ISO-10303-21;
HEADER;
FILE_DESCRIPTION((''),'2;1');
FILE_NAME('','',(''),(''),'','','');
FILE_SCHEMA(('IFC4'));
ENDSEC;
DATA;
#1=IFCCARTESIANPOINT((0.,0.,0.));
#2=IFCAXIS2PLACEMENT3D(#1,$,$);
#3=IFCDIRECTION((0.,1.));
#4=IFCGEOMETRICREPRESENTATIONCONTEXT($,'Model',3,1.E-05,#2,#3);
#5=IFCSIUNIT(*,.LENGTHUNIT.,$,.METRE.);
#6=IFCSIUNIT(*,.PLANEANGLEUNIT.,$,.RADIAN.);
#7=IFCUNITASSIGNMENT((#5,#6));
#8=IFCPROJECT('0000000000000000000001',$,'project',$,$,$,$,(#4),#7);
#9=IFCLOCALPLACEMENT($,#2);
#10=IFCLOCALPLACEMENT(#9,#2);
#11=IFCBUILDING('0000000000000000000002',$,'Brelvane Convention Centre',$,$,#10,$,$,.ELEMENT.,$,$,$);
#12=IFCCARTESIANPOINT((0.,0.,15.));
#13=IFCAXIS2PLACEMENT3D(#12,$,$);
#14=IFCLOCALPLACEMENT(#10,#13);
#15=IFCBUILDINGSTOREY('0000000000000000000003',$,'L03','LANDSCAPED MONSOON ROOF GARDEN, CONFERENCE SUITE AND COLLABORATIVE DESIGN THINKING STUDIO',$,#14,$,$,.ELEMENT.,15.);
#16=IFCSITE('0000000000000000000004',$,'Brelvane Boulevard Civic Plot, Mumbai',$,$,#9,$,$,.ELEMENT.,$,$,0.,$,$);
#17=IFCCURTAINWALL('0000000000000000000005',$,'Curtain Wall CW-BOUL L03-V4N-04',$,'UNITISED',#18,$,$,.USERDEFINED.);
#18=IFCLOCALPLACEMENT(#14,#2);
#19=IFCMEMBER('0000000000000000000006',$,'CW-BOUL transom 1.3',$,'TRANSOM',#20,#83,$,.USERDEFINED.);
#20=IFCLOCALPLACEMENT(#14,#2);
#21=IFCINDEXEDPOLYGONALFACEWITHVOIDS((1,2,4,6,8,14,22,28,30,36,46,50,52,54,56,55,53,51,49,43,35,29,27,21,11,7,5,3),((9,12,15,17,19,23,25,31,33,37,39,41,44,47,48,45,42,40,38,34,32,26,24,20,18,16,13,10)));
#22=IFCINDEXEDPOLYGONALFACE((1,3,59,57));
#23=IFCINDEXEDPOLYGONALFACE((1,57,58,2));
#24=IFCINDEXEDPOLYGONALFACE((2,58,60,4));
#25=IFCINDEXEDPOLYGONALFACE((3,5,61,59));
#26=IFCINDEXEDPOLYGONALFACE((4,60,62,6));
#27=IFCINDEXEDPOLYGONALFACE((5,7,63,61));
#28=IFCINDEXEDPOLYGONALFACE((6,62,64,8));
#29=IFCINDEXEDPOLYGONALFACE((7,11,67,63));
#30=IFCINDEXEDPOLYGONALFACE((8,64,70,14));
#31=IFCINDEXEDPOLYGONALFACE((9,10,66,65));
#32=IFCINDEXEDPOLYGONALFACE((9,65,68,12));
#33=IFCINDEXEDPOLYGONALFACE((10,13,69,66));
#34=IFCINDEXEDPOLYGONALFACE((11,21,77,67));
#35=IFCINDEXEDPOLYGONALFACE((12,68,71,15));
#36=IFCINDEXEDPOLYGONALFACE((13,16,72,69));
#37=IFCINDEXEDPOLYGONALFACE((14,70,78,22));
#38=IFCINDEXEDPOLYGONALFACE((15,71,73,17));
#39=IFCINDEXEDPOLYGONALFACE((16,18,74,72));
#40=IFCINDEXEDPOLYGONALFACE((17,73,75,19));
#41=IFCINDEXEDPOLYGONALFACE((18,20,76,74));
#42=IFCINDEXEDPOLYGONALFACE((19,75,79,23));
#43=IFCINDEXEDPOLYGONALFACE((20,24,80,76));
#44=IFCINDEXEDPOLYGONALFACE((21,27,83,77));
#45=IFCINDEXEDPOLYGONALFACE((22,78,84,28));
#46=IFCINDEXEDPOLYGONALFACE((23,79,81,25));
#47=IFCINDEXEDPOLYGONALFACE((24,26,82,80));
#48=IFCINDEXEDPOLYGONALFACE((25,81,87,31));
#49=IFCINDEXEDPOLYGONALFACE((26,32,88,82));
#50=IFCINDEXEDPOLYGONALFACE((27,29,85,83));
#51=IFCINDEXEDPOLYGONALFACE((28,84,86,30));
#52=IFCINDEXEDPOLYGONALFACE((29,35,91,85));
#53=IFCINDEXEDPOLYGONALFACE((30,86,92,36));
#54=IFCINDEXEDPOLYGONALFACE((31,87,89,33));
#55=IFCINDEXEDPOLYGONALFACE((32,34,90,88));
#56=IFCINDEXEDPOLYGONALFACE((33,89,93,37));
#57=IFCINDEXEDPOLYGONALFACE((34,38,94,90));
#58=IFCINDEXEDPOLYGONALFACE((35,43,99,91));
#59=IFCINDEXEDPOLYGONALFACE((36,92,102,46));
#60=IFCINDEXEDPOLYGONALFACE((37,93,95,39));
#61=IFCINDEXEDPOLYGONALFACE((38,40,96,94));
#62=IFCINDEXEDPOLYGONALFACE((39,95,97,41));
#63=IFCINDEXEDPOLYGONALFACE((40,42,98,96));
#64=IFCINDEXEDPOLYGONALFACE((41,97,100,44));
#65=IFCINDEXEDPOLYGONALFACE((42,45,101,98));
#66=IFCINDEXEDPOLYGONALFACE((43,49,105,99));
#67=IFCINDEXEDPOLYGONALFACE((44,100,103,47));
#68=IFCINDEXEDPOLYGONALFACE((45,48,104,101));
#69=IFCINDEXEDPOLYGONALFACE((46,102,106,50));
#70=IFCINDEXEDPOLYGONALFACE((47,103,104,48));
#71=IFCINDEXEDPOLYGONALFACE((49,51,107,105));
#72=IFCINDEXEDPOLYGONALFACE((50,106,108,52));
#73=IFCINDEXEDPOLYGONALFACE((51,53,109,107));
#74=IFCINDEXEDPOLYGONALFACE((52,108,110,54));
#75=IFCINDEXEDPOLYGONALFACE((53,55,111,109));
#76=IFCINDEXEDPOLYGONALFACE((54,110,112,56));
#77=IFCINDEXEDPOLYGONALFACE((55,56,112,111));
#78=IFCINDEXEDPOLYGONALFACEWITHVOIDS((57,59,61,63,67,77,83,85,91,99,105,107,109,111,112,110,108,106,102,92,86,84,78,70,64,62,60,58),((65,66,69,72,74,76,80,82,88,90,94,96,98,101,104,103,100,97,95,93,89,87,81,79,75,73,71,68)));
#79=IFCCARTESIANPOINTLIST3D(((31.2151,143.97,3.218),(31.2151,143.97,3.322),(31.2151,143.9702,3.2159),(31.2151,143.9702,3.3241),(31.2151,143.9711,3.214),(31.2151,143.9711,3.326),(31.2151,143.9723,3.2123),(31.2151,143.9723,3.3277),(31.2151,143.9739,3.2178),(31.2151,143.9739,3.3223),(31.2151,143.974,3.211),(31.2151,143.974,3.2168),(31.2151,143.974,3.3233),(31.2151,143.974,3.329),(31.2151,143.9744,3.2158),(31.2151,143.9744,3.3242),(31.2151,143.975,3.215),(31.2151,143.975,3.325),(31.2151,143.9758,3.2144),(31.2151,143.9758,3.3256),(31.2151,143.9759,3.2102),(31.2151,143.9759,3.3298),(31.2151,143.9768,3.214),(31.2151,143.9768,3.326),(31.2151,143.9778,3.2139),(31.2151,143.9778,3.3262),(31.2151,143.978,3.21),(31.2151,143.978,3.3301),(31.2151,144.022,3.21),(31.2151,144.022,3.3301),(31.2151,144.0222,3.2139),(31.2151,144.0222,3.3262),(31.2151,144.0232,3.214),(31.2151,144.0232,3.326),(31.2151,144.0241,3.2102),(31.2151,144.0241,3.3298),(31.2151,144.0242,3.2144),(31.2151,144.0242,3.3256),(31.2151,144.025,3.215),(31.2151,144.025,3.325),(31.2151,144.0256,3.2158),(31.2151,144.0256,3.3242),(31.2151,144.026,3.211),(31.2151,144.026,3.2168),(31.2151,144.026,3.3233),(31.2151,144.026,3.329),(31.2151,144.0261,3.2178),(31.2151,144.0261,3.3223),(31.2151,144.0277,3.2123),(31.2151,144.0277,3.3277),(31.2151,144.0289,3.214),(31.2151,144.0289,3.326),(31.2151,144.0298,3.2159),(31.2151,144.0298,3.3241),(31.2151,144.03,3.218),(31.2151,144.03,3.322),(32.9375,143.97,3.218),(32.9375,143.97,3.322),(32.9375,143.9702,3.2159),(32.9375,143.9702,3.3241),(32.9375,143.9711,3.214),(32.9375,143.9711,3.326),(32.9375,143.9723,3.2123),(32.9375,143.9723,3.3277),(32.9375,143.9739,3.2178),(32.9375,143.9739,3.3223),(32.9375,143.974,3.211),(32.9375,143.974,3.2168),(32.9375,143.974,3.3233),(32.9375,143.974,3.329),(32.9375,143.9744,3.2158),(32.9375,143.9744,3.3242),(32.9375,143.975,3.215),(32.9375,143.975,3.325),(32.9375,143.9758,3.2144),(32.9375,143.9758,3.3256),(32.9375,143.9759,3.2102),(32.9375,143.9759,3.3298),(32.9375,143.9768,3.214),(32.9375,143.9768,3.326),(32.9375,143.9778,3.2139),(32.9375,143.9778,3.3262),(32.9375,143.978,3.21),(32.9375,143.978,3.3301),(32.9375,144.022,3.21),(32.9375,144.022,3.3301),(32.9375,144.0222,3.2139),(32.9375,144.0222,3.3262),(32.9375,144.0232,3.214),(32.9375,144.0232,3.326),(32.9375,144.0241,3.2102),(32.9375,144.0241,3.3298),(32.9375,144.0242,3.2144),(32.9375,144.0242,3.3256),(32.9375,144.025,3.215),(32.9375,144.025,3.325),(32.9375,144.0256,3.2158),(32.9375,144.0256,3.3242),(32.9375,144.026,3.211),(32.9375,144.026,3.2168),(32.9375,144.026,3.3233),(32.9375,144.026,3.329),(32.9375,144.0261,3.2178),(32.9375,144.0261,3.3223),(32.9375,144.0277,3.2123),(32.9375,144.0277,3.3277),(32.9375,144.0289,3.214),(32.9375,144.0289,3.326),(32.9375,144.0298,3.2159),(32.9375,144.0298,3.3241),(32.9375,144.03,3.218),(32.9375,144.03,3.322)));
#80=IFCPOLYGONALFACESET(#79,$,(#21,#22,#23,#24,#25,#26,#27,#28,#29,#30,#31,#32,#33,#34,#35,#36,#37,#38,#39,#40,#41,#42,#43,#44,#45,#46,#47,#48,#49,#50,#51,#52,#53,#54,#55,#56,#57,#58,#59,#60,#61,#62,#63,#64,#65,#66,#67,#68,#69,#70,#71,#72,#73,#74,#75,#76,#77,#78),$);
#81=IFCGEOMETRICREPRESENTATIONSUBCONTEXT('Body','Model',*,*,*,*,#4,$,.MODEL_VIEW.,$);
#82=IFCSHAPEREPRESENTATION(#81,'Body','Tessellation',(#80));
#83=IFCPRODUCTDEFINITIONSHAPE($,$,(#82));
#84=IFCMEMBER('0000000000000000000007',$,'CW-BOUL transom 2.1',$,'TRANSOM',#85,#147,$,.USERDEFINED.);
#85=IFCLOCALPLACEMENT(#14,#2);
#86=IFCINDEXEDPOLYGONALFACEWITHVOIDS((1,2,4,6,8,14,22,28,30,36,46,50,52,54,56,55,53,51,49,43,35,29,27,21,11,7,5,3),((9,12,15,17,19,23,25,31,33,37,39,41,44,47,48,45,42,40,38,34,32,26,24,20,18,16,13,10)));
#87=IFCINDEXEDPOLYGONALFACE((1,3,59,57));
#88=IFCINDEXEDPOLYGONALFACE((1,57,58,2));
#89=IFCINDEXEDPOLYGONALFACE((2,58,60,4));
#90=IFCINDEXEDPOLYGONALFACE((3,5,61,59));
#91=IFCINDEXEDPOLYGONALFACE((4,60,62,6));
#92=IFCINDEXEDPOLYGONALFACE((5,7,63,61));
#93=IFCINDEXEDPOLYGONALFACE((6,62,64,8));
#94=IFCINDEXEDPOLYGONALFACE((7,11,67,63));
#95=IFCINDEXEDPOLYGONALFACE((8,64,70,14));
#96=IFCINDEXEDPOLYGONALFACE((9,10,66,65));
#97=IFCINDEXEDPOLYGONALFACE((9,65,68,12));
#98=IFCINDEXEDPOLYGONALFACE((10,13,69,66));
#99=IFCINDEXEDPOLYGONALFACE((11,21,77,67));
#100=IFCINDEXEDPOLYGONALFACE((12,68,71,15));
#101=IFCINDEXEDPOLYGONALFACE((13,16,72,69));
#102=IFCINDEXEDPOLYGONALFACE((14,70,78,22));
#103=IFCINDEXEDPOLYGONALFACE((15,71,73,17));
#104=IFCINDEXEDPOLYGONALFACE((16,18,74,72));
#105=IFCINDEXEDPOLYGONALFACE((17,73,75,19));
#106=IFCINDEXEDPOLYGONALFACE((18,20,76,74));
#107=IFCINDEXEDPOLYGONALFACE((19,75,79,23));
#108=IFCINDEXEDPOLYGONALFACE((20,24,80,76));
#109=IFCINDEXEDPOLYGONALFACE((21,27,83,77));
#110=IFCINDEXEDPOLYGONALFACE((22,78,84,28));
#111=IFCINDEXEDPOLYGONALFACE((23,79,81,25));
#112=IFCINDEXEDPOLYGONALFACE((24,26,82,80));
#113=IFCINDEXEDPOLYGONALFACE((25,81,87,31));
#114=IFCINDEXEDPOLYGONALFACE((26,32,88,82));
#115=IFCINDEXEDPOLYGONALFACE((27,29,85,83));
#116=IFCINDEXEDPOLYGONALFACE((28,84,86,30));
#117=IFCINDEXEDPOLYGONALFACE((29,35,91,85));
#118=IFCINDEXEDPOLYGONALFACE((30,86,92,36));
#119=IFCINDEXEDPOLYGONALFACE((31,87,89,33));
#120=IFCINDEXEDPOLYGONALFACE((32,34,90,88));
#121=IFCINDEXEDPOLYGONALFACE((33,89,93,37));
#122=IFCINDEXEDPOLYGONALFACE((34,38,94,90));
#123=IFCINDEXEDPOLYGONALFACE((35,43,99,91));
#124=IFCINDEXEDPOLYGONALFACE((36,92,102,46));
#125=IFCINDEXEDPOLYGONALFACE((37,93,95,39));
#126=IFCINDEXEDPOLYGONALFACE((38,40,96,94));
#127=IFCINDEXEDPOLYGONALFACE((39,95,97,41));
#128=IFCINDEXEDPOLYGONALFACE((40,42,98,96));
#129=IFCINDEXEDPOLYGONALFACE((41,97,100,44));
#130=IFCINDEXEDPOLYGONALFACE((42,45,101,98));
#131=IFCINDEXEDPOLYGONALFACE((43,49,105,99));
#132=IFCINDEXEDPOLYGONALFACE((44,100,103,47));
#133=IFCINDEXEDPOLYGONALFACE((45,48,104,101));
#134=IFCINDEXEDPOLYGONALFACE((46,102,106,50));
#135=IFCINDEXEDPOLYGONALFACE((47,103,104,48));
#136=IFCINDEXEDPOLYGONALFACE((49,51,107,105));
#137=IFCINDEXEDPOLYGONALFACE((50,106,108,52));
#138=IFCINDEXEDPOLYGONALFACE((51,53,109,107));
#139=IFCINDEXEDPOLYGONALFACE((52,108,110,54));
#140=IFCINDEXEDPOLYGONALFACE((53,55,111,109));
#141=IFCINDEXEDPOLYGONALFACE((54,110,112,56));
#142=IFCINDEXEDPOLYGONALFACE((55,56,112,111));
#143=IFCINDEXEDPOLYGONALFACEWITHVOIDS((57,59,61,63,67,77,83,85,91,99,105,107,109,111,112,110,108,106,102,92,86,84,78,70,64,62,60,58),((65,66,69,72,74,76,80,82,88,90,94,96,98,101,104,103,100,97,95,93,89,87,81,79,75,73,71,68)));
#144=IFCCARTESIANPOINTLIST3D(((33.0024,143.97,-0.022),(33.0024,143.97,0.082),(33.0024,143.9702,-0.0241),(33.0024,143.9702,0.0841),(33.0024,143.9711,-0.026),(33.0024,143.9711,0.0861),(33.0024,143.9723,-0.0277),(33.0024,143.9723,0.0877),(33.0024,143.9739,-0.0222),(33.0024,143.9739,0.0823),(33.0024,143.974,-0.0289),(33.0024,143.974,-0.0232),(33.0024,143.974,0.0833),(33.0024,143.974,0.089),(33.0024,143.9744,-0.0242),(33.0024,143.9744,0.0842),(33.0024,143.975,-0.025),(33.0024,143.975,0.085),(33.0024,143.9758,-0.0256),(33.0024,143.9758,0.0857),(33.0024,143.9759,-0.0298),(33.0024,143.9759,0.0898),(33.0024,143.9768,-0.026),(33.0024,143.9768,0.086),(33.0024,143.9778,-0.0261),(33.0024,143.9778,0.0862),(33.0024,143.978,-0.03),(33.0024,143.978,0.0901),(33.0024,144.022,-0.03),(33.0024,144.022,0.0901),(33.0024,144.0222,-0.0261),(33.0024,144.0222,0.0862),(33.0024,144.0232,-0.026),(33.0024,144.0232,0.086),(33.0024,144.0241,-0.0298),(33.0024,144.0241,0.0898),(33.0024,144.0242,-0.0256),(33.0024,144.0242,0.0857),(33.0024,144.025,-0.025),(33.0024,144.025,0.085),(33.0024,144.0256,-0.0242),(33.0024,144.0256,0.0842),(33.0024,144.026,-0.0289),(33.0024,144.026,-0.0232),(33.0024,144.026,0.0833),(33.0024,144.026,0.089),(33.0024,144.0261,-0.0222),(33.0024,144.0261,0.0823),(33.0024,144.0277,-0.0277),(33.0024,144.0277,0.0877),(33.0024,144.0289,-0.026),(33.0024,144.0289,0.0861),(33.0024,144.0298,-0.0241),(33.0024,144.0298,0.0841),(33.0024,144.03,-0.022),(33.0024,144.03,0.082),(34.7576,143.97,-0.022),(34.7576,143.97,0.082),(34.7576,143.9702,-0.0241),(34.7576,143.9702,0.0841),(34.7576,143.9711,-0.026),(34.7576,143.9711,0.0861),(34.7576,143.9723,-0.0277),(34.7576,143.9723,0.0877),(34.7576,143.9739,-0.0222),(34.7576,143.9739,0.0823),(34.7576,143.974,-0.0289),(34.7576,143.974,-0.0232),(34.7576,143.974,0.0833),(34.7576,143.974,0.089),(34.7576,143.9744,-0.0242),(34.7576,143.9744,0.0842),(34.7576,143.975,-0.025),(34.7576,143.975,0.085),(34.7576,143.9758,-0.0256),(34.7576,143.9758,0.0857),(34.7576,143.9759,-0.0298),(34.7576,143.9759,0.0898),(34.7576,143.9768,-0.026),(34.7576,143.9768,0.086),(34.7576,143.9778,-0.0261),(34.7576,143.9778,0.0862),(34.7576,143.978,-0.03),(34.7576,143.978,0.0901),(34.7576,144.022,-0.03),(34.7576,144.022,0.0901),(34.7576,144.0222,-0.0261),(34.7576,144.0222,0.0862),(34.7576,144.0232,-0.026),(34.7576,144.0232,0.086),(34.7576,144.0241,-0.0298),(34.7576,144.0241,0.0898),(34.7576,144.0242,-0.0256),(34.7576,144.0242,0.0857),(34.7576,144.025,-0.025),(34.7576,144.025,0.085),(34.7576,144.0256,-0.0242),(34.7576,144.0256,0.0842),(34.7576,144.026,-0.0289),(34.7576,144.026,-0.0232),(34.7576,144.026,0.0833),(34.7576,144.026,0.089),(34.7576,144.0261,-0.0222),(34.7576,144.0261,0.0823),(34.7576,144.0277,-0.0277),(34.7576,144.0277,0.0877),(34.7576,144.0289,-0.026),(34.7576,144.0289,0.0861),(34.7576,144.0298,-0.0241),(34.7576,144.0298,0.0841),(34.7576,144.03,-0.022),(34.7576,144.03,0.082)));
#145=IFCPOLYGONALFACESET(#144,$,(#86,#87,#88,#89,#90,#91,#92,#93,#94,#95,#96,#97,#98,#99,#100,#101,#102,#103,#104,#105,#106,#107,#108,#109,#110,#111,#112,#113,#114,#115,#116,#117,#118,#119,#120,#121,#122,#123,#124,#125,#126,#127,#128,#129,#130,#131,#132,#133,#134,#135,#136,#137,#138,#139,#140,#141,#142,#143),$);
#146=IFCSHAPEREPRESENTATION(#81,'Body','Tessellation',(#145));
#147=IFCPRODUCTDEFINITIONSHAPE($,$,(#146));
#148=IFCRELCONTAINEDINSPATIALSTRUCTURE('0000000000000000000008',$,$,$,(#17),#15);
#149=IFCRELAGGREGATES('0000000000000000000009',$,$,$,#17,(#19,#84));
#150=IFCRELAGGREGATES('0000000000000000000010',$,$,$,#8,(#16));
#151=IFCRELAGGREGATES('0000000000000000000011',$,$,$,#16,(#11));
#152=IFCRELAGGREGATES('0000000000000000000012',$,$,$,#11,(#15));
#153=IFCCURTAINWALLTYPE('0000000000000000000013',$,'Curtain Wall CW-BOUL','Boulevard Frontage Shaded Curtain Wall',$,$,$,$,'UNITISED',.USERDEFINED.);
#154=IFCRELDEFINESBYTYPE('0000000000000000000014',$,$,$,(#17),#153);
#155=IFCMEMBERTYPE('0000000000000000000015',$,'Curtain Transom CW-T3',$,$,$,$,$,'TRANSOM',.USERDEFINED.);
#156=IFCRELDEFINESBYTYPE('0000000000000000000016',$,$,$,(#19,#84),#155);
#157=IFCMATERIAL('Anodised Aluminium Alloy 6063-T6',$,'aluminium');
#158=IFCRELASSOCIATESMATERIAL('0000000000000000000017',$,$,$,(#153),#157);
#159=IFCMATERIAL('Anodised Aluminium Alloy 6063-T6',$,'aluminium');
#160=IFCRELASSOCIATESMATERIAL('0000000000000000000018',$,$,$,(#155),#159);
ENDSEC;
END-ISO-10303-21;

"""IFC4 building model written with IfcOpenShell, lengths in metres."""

from ifc_helpers import new_model, si_unit, direction, frame, origin, origin_2d, place, context, subcontext, project, spatial, hollow_rectangle, extrude, material, material_profile, profile_set, type_object, element, aggregate, save


model = new_model("IFC4")

# Units and contexts
model_context = context("Model", 3, precision=1e-05, world=origin(), true_north=direction((0.0, 1.0)))
body_context = subcontext(model_context, "Body", "Model", "MODEL_VIEW")
ifc_project = project(units=[si_unit("LENGTHUNIT", "METRE"), si_unit("PLANEANGLEUNIT", "RADIAN")], contexts=[model_context])

# Site, building, storey
site_placement = place(None, origin())
site = spatial("IfcSite", under=ifc_project, at=site_placement, Name="Brelvane Boulevard Civic Plot, Mumbai", CompositionType="ELEMENT", RefElevation=0.0)
building_placement = place(site_placement, origin())
building = spatial("IfcBuilding", under=site, at=building_placement, Name="Brelvane Convention Centre", CompositionType="ELEMENT")
storey_placement = place(building_placement, frame((0.0, 0.0, 15.0)))
storey = spatial("IfcBuildingStorey", under=building, at=storey_placement, Name="L03", Description="LANDSCAPED MONSOON ROOF GARDEN, CONFERENCE SUITE AND COLLABORATIVE DESIGN THINKING STUDIO", CompositionType="ELEMENT", Elevation=15.0)

# Curtain wall, members
ifc_material_1 = material(Name="Anodised Aluminium Alloy 6063-T6", Category="aluminium")
curtain_wall_type = type_object("IfcCurtainWallType", Name="Curtain Wall CW-BOUL", Description="Boulevard Frontage Shaded Curtain Wall", ElementType="UNITISED", PredefinedType="USERDEFINED", material=ifc_material_1)
curtain_wall_placement = place(storey_placement, origin())
curtain_wall = element("IfcCurtainWall", 1, at=curtain_wall_placement, inside=storey, type_object=curtain_wall_type, Name="Curtain Wall CW-BOUL L03-V4N-04", ObjectType="UNITISED", PredefinedType="USERDEFINED")
ifc_material_2 = material(Name="Anodised Aluminium Alloy 6063-T6", Category="aluminium")
ifc_material_profile_1 = material_profile(ifc_material_2, hollow_rectangle(XDim=0.0601, YDim=0.1201, WallThickness=0.0039, InnerFilletRadius=0.0039, OuterFilletRadius=0.0081, at=origin_2d()), Name="ALU-T 120x60x4.0")
ifc_profile_set_1 = profile_set([ifc_material_profile_1], Name="Anodised Aluminium Alloy 6063-T6")
member_type_1 = type_object("IfcMemberType", Name="Curtain Transom CW-T3", ElementType="TRANSOM", PredefinedType="USERDEFINED", material=ifc_profile_set_1)
member_1_placement = place(storey_placement, frame((31.2151, 144.0, 3.27), z_axis=(1.0, 0.0, 0.0), x_axis=(0.0, 1.0, 0.0)))
member_1 = element("IfcMember", 2, at=member_1_placement, type_object=member_type_1, Name="CW-BOUL transom 1.3", ObjectType="TRANSOM", PredefinedType="USERDEFINED", context=body_context, shape_type="SweptSolid", body=[
    extrude(hollow_rectangle(XDim=0.0601, YDim=0.1201, WallThickness=0.0039, InnerFilletRadius=0.0039, OuterFilletRadius=0.0081, at=origin_2d()), origin(), (0.0, 0.0, 1.0), 1.7224),
])
member_2_placement = place(storey_placement, frame((33.0024, 144.0, 0.03), z_axis=(1.0, 0.0, 0.0), x_axis=(0.0, 1.0, 0.0)))
member_2 = element("IfcMember", 3, at=member_2_placement, type_object=member_type_1, Name="CW-BOUL transom 2.1", ObjectType="TRANSOM", PredefinedType="USERDEFINED", context=body_context, shape_type="SweptSolid", body=[
    extrude(hollow_rectangle(XDim=0.0601, YDim=0.1201, WallThickness=0.0039, InnerFilletRadius=0.0039, OuterFilletRadius=0.0081, at=origin_2d()), origin(), (0.0, 0.0, 1.0), 1.7551),
])

aggregate(curtain_wall, [member_1, member_2])

save(model, "model.ifc")
